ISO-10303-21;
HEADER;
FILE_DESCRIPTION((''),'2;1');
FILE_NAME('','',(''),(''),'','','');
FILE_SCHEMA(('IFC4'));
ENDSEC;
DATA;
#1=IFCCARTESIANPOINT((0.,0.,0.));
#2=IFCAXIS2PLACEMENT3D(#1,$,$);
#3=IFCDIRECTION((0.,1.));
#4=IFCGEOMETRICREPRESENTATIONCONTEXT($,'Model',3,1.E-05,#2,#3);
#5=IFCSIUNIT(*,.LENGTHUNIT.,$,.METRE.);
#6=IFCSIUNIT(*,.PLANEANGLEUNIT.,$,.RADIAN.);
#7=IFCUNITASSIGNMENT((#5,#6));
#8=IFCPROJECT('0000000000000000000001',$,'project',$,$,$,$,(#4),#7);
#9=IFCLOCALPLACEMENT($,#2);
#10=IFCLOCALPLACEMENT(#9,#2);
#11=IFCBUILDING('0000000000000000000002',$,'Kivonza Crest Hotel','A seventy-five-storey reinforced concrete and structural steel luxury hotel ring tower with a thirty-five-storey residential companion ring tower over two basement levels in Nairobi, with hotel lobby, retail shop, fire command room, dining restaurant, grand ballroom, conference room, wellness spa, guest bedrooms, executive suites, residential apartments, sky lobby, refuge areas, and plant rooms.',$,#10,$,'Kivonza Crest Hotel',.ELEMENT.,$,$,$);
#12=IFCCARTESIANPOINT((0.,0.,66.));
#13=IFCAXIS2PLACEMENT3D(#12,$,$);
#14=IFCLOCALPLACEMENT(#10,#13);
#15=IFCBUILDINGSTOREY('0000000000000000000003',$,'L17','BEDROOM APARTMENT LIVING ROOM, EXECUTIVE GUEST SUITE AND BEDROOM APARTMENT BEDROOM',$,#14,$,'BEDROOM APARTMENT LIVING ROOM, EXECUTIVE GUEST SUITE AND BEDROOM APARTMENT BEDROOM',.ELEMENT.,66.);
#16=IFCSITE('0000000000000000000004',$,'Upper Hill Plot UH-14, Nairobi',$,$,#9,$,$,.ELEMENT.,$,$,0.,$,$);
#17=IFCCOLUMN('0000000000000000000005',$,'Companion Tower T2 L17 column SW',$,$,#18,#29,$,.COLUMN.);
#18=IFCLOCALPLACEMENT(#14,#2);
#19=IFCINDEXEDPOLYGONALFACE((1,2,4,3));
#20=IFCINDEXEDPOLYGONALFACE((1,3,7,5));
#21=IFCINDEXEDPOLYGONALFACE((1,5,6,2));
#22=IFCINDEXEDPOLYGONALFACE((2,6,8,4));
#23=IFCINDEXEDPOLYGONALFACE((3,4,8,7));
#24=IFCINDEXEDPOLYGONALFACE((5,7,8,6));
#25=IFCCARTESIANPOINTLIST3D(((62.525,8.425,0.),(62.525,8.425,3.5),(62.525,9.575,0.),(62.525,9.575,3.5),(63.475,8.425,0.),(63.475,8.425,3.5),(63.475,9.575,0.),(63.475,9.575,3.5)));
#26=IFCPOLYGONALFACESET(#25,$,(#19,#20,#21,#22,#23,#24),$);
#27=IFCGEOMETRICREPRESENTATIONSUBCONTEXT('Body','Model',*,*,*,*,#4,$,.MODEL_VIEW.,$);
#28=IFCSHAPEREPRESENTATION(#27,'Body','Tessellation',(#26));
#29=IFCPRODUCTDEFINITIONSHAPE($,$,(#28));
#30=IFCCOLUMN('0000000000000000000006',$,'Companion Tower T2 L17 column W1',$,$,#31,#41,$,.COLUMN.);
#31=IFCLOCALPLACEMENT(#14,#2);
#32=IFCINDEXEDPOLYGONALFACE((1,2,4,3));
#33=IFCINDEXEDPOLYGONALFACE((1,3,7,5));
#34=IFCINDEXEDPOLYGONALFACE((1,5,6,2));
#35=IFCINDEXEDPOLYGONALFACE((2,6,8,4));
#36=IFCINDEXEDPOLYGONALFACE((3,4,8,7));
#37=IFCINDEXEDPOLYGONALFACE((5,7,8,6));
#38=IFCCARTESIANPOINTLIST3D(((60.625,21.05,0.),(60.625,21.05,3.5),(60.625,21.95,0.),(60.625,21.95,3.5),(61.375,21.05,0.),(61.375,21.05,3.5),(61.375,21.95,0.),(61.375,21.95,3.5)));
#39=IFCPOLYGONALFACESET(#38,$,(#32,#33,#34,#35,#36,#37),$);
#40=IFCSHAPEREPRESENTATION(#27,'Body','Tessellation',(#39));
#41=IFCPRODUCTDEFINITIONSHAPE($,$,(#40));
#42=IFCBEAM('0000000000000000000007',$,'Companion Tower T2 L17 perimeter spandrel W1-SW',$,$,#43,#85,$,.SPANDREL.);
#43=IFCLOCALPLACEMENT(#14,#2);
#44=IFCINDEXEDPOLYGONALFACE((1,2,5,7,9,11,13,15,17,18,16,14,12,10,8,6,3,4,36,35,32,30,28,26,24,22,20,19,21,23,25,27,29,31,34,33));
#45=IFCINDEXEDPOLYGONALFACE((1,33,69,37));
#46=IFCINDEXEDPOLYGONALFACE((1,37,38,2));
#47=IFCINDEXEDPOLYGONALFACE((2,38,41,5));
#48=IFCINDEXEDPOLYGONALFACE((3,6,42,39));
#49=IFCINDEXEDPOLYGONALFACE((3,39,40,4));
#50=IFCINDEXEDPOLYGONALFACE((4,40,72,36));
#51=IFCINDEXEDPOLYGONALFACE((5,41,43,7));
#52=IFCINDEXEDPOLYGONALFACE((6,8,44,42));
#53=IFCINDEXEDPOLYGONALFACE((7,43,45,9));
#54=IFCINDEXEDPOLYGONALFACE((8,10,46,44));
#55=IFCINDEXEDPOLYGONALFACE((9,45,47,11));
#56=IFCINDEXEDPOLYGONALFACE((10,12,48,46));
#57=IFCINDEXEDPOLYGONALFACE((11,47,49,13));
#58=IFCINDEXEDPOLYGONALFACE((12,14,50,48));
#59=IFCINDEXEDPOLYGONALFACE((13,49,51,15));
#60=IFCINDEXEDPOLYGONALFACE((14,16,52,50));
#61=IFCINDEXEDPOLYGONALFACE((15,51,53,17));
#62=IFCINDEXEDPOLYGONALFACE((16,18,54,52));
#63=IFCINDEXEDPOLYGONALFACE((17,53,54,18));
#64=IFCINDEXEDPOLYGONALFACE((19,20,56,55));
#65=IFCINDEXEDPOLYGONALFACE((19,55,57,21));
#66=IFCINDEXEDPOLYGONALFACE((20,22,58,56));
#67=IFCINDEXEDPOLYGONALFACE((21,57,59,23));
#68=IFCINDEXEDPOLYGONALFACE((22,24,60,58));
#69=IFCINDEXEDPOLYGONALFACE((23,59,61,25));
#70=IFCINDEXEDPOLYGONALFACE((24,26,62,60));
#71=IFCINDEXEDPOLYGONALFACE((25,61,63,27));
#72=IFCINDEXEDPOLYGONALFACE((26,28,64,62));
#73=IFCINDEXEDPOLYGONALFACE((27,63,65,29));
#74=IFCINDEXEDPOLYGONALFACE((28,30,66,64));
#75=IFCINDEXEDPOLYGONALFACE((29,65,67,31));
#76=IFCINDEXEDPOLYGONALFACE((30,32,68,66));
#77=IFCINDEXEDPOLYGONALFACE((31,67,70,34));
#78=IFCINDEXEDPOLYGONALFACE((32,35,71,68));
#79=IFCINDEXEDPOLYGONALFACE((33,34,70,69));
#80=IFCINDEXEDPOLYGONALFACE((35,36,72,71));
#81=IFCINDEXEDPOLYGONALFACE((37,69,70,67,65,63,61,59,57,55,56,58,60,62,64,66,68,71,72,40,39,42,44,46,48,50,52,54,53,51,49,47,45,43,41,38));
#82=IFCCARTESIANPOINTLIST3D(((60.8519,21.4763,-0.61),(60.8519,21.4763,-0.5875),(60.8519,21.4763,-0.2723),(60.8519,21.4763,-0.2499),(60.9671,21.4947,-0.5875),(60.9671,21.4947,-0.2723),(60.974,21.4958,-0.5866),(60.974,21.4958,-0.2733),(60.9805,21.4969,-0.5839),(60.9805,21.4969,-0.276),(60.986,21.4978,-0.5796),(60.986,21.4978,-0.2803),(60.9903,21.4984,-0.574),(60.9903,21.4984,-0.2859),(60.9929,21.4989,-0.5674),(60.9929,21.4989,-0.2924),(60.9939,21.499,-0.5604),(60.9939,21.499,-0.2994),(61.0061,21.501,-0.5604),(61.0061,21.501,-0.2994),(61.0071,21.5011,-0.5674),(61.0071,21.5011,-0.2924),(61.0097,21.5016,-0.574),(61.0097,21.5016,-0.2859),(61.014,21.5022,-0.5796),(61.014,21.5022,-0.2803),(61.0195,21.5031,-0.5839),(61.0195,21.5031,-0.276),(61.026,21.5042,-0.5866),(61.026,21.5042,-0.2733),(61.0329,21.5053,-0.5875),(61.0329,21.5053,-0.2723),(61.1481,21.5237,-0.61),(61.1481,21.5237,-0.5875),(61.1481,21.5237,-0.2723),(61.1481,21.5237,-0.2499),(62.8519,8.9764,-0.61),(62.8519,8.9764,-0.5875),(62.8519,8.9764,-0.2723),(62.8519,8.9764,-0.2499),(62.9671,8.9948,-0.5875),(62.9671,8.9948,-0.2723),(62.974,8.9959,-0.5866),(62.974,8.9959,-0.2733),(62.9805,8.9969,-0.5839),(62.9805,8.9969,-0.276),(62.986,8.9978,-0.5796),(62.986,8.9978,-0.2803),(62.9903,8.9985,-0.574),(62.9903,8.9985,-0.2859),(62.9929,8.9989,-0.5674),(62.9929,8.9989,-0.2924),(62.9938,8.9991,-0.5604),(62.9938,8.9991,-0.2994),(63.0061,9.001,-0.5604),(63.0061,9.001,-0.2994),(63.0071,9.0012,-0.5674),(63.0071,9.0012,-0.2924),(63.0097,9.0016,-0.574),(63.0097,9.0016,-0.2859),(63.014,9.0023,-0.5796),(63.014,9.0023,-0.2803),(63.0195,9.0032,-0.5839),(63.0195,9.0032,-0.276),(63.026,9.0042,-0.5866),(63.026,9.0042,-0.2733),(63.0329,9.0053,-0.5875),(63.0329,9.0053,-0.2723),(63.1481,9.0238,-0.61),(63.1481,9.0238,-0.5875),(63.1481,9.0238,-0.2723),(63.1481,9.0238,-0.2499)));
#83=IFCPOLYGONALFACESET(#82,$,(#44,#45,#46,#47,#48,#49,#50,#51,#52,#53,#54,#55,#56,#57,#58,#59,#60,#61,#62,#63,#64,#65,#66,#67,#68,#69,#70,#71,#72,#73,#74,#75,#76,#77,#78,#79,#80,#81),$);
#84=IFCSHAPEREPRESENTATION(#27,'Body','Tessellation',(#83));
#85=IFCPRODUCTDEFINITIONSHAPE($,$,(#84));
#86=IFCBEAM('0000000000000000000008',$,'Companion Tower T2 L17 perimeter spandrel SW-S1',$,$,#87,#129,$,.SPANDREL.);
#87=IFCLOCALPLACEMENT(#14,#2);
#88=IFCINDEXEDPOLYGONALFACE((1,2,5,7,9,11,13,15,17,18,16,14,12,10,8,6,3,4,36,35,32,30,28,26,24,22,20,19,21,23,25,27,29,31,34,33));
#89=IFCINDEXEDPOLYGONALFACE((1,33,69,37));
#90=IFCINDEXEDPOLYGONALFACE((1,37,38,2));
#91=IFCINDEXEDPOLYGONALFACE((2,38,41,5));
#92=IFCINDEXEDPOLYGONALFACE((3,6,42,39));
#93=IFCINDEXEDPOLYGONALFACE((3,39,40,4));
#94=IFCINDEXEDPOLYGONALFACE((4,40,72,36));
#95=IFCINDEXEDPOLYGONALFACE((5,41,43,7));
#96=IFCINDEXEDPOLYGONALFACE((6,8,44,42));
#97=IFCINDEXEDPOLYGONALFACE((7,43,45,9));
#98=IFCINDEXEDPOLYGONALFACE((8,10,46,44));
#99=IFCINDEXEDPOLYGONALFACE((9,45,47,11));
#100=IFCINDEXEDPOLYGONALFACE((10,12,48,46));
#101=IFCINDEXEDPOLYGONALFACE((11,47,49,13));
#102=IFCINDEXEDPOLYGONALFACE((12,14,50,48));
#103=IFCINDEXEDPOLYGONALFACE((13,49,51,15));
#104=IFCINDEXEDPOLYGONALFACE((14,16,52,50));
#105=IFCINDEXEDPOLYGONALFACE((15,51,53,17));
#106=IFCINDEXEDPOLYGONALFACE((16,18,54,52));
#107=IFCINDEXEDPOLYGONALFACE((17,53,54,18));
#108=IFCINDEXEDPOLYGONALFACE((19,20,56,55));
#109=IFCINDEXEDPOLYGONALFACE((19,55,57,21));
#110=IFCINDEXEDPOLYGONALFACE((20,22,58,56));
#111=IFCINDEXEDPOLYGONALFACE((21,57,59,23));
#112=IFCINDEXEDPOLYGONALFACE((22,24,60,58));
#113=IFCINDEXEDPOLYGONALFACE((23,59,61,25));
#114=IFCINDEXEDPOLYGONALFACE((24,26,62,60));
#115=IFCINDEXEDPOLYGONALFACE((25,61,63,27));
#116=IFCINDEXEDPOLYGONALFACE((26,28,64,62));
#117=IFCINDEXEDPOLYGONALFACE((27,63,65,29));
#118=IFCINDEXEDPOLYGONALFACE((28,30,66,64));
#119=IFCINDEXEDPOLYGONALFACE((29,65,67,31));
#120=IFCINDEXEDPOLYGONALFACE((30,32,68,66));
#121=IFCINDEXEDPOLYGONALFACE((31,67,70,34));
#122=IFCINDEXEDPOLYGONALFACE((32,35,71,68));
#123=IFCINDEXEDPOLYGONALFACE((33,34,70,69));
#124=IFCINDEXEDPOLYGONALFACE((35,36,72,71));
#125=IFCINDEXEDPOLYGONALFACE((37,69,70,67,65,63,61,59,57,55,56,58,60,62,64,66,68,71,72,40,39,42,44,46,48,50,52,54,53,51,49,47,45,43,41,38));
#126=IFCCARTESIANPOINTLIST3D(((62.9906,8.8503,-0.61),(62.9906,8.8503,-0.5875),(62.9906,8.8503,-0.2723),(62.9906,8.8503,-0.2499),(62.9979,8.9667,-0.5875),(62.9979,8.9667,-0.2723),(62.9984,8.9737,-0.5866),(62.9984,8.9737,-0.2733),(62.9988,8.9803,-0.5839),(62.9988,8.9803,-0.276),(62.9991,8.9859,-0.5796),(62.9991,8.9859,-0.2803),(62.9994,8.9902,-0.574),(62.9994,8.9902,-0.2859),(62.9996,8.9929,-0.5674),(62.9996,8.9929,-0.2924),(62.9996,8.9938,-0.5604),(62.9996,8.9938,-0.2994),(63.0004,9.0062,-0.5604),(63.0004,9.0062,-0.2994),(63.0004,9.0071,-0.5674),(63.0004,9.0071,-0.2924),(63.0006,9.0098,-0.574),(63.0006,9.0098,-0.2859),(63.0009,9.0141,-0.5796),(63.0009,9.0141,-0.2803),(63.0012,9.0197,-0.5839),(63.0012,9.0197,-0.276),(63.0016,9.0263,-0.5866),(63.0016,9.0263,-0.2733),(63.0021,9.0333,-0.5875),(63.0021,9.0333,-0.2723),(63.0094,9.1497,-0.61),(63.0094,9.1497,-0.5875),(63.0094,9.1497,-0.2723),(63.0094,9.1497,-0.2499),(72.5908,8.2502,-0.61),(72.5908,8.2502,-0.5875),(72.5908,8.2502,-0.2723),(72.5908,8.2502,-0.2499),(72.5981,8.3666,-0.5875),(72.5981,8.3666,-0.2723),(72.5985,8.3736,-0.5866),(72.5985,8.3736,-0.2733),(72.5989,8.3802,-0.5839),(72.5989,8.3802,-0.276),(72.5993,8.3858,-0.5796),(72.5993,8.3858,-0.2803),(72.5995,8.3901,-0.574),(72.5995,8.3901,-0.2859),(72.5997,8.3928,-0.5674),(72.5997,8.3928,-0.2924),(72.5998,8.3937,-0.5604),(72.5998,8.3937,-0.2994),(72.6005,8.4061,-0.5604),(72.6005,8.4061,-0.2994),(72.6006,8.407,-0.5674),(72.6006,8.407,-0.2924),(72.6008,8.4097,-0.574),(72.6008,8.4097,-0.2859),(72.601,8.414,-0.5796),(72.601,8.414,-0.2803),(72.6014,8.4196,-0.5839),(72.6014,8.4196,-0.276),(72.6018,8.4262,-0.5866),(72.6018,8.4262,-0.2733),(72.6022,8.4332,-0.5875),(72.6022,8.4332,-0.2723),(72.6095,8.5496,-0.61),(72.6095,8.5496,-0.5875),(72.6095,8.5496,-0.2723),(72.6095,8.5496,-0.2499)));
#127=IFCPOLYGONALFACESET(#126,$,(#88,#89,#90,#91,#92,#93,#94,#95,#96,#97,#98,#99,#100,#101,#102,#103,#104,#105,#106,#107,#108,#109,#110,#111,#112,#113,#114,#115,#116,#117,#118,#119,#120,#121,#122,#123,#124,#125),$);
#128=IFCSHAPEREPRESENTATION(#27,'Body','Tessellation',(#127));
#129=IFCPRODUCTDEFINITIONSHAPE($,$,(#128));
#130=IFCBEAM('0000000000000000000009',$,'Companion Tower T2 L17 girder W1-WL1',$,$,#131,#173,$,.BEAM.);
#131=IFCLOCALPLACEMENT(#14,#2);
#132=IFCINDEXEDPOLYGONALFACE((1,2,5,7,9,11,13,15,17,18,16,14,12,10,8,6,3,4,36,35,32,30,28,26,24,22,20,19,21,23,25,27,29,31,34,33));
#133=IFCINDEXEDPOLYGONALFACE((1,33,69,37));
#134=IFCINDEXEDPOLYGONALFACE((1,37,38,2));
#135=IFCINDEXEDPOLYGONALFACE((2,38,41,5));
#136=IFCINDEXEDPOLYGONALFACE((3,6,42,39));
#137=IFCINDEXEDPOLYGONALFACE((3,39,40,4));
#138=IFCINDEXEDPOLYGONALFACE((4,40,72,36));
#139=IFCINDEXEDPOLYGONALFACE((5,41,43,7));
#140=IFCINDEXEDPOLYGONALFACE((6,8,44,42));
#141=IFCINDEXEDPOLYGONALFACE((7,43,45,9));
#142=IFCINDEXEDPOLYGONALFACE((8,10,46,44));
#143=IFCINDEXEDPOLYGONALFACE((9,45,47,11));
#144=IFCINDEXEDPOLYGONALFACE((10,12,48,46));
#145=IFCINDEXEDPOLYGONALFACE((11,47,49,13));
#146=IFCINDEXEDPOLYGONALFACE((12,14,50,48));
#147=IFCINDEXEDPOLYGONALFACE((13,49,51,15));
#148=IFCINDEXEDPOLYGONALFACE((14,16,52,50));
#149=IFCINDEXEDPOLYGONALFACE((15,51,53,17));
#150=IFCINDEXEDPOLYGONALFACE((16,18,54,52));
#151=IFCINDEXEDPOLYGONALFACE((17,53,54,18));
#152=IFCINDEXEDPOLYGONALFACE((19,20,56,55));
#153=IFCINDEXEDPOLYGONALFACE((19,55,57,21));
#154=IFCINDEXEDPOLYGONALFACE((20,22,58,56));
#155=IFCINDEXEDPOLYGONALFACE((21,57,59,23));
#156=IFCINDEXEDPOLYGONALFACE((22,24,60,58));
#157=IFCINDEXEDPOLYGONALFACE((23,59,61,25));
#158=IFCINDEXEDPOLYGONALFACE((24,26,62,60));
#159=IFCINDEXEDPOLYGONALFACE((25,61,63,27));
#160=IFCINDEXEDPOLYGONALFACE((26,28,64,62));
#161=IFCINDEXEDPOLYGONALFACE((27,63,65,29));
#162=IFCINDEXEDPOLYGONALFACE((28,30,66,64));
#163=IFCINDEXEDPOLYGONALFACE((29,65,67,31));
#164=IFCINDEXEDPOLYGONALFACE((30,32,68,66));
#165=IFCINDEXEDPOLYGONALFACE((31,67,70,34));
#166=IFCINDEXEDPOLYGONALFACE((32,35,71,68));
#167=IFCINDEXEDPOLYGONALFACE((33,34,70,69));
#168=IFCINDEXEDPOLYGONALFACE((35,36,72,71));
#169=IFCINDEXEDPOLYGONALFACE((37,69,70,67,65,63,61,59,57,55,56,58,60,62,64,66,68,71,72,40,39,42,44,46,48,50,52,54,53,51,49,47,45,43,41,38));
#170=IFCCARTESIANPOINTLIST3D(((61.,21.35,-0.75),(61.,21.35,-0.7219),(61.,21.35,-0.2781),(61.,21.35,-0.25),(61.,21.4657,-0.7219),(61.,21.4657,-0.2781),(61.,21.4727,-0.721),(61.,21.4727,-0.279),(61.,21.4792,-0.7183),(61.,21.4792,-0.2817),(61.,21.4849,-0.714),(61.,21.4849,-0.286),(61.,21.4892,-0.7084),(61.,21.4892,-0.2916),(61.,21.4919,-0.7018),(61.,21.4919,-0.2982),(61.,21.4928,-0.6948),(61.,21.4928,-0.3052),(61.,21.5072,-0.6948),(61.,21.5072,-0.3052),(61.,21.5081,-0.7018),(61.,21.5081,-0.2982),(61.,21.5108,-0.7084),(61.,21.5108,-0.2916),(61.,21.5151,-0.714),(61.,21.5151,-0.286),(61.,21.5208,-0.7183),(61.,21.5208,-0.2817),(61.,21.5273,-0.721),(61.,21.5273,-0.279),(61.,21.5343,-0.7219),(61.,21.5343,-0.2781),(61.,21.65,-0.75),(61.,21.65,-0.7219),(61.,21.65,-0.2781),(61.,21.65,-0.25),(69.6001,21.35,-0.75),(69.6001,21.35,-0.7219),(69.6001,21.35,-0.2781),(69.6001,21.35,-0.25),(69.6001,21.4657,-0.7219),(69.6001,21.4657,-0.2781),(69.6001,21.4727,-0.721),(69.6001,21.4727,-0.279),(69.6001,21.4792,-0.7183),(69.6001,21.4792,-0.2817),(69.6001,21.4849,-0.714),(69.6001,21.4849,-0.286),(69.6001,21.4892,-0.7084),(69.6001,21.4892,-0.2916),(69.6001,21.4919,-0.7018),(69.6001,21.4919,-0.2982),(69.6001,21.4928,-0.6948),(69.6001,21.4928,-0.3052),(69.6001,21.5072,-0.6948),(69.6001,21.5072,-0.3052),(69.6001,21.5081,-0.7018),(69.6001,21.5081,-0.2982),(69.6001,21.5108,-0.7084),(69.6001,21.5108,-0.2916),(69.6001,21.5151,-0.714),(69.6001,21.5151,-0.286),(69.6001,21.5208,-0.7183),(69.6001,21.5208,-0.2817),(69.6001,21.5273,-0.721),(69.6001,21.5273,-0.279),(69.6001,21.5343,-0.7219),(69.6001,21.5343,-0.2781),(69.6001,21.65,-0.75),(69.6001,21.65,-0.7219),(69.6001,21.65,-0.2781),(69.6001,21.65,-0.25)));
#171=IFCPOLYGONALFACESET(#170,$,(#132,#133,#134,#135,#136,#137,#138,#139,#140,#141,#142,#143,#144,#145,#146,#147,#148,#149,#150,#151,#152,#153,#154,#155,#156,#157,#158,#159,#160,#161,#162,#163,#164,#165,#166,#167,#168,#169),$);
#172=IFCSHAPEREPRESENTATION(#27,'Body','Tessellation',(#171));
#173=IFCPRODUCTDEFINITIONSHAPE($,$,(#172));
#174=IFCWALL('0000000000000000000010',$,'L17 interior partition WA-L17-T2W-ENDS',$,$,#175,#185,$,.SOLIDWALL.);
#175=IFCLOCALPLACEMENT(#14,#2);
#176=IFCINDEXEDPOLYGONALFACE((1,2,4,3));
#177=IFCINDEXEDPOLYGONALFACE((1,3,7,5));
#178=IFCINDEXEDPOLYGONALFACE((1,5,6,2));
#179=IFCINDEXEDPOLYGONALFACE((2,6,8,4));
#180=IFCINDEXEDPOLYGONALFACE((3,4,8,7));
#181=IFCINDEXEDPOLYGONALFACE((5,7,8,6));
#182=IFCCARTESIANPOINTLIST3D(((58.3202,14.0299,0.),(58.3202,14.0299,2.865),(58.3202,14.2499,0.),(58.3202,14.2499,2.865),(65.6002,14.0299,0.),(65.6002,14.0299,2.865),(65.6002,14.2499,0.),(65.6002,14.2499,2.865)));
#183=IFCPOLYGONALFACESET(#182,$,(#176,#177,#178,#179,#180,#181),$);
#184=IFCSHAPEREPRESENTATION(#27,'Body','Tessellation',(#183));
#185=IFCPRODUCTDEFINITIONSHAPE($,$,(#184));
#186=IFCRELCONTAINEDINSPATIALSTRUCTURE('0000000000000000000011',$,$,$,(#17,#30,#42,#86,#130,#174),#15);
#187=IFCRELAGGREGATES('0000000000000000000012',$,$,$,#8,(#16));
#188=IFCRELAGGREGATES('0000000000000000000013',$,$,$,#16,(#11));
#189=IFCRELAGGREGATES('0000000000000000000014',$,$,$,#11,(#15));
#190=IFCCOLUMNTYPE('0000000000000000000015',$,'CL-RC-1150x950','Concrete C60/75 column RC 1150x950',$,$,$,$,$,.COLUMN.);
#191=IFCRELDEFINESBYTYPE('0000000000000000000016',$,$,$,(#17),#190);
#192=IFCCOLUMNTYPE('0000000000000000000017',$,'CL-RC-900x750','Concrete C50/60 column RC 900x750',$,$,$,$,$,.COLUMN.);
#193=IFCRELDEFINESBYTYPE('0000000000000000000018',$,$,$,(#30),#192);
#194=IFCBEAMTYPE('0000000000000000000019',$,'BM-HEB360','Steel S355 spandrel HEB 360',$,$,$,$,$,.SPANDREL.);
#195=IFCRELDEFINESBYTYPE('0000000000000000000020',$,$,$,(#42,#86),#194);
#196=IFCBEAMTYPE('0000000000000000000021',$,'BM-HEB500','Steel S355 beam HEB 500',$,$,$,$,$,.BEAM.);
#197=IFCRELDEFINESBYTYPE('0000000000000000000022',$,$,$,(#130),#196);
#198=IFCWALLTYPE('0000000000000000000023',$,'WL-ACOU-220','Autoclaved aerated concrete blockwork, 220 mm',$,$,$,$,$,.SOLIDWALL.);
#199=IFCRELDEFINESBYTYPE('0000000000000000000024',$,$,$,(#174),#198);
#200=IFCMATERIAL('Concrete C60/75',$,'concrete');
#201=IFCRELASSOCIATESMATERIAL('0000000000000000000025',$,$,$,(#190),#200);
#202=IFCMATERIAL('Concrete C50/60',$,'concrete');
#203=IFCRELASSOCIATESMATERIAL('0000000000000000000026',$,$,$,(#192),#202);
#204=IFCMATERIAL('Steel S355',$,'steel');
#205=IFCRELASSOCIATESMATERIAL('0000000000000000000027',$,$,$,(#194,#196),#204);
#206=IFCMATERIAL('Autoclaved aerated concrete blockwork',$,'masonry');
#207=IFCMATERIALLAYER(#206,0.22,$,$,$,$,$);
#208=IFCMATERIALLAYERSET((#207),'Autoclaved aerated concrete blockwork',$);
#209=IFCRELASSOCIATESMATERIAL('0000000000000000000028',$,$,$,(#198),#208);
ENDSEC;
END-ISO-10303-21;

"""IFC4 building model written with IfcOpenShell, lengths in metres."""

from ifc_helpers import new_model, si_unit, direction, frame, frame_2d, origin, origin_2d, place, context, subcontext, project, spatial, rectangle, i_section, extrude, material, layer, layer_set, material_profile, profile_set, type_object, element, save


model = new_model("IFC4")

# Units and contexts
model_context = context("Model", 3, precision=1e-05, world=origin(), true_north=direction((0.0, 1.0)))
body_context = subcontext(model_context, "Body", "Model", "MODEL_VIEW")
ifc_project = project(units=[si_unit("LENGTHUNIT", "METRE"), si_unit("PLANEANGLEUNIT", "RADIAN")], contexts=[model_context])

# Site, building, storey
site_placement = place(None, origin())
site = spatial("IfcSite", under=ifc_project, at=site_placement, Name="Upper Hill Plot UH-14, Nairobi", CompositionType="ELEMENT", RefElevation=0.0)
building_placement = place(site_placement, origin())
building = spatial("IfcBuilding", under=site, at=building_placement, Name="Kivonza Crest Hotel", Description="A seventy-five-storey reinforced concrete and structural steel luxury hotel ring tower with a thirty-five-storey residential companion ring tower over two basement levels in Nairobi, with hotel lobby, retail shop, fire command room, dining restaurant, grand ballroom, conference room, wellness spa, guest bedrooms, executive suites, residential apartments, sky lobby, refuge areas, and plant rooms.", LongName="Kivonza Crest Hotel", CompositionType="ELEMENT")
storey_placement = place(building_placement, frame((0.0, 0.0, 66.0)))
storey = spatial("IfcBuildingStorey", under=building, at=storey_placement, Name="L17", Description="BEDROOM APARTMENT LIVING ROOM, EXECUTIVE GUEST SUITE AND BEDROOM APARTMENT BEDROOM", LongName="BEDROOM APARTMENT LIVING ROOM, EXECUTIVE GUEST SUITE AND BEDROOM APARTMENT BEDROOM", CompositionType="ELEMENT", Elevation=66.0)

# Columns
ifc_material_1 = material(Name="Concrete C60/75", Category="concrete")
ifc_material_profile_1 = material_profile(ifc_material_1, rectangle(XDim=0.95, YDim=1.1499, at=origin_2d()), Name="RC 1150x950")
ifc_profile_set_1 = profile_set([ifc_material_profile_1], Name="Concrete C60/75")
column_type_1 = type_object("IfcColumnType", Name="CL-RC-1150x950", Description="Concrete C60/75 column RC 1150x950", PredefinedType="COLUMN", material=ifc_profile_set_1)
column_1_placement = place(storey_placement, frame((63.0, 9.0, 0.0), z_axis=(0.0, 0.0, 1.0), x_axis=(1.0, 0.0, 0.0)))
element("IfcColumn", 1, at=column_1_placement, inside=storey, type_object=column_type_1, Name="Companion Tower T2 L17 column SW", PredefinedType="COLUMN", context=body_context, shape_type="SweptSolid", body=[
    extrude(rectangle(XDim=0.95, YDim=1.1499, at=origin_2d()), origin(), (0.0, 0.0, 1.0), 3.5),
])
ifc_material_2 = material(Name="Concrete C50/60", Category="concrete")
ifc_material_profile_2 = material_profile(ifc_material_2, rectangle(XDim=0.75, YDim=0.8999, at=origin_2d()), Name="RC 900x750")
ifc_profile_set_2 = profile_set([ifc_material_profile_2], Name="Concrete C50/60")
column_type_2 = type_object("IfcColumnType", Name="CL-RC-900x750", Description="Concrete C50/60 column RC 900x750", PredefinedType="COLUMN", material=ifc_profile_set_2)
column_2_placement = place(storey_placement, frame((61.0, 21.5, 0.0), z_axis=(0.0, 0.0, 1.0), x_axis=(1.0, 0.0, 0.0)))
element("IfcColumn", 2, at=column_2_placement, inside=storey, type_object=column_type_2, Name="Companion Tower T2 L17 column W1", PredefinedType="COLUMN", context=body_context, shape_type="SweptSolid", body=[
    extrude(rectangle(XDim=0.75, YDim=0.8999, at=origin_2d()), origin(), (0.0, 0.0, 1.0), 3.5),
])

# Beams
ifc_material_3 = material(Name="Steel S355", Category="steel")
ifc_material_profile_3 = material_profile(ifc_material_3, i_section(OverallWidth=0.3, OverallDepth=0.3601, WebThickness=0.0125, FlangeThickness=0.0225, FilletRadius=0.0271, at=origin_2d()), Name="HEB 360")
ifc_profile_set_3 = profile_set([ifc_material_profile_3], Name="Steel S355")
beam_type_1 = type_object("IfcBeamType", Name="BM-HEB360", Description="Steel S355 spandrel HEB 360", PredefinedType="SPANDREL", material=ifc_profile_set_3)
beam_1_placement = place(storey_placement, frame((61.0, 21.5, -0.4299), z_axis=(0.157991, -0.987441, 0.0), x_axis=(0.987441, 0.157991, 0.0)))
element("IfcBeam", 3, at=beam_1_placement, inside=storey, type_object=beam_type_1, Name="Companion Tower T2 L17 perimeter spandrel W1-SW", PredefinedType="SPANDREL", context=body_context, shape_type="SweptSolid", body=[
    extrude(i_section(OverallWidth=0.3, OverallDepth=0.3601, WebThickness=0.0125, FlangeThickness=0.0225, FilletRadius=0.0271, at=origin_2d()), origin(), (0.0, 0.0, 1.0), 12.6589),
])
beam_2_placement = place(storey_placement, frame((63.0, 9.0, -0.4299), z_axis=(0.998052, -0.062388, 0.0), x_axis=(0.062388, 0.998052, 0.0)))
element("IfcBeam", 4, at=beam_2_placement, inside=storey, type_object=beam_type_1, Name="Companion Tower T2 L17 perimeter spandrel SW-S1", PredefinedType="SPANDREL", context=body_context, shape_type="SweptSolid", body=[
    extrude(i_section(OverallWidth=0.3, OverallDepth=0.3601, WebThickness=0.0125, FlangeThickness=0.0225, FilletRadius=0.0271, at=origin_2d()), origin(), (0.0, 0.0, 1.0), 9.6189),
])
ifc_material_profile_4 = material_profile(ifc_material_3, i_section(OverallWidth=0.3, OverallDepth=0.5, WebThickness=0.0144, FlangeThickness=0.0281, FilletRadius=0.0271, at=origin_2d()), Name="HEB 500")
ifc_profile_set_4 = profile_set([ifc_material_profile_4], Name="Steel S355")
beam_type_2 = type_object("IfcBeamType", Name="BM-HEB500", Description="Steel S355 beam HEB 500", PredefinedType="BEAM", material=ifc_profile_set_4)
beam_3_placement = place(storey_placement, frame((61.0, 21.5, -0.5), z_axis=(1.0, 0.0, 0.0), x_axis=(0.0, 1.0, 0.0)))
element("IfcBeam", 5, at=beam_3_placement, inside=storey, type_object=beam_type_2, Name="Companion Tower T2 L17 girder W1-WL1", PredefinedType="BEAM", context=body_context, shape_type="SweptSolid", body=[
    extrude(i_section(OverallWidth=0.3, OverallDepth=0.5, WebThickness=0.0144, FlangeThickness=0.0281, FilletRadius=0.0271, at=origin_2d()), origin(), (0.0, 0.0, 1.0), 8.6001),
])

# Wall
ifc_material_4 = material(Name="Autoclaved aerated concrete blockwork", Category="masonry")
ifc_layer_1 = layer(ifc_material_4, 0.22)
ifc_layer_set_1 = layer_set([ifc_layer_1], Name="Autoclaved aerated concrete blockwork")
wall_type_1 = type_object("IfcWallType", Name="WL-ACOU-220", Description="Autoclaved aerated concrete blockwork, 220 mm", PredefinedType="SOLIDWALL", material=ifc_layer_set_1)
wall_1_placement = place(storey_placement, frame((58.3201, 14.1399, 0.0), z_axis=(0.0, 0.0, 1.0), x_axis=(1.0, 0.0, 0.0)))
element("IfcWall", 6, at=wall_1_placement, inside=storey, type_object=wall_type_1, Name="L17 interior partition WA-L17-T2W-ENDS", PredefinedType="SOLIDWALL", context=body_context, shape_type="SweptSolid", body=[
    extrude(rectangle(XDim=7.28, YDim=0.22, at=frame_2d((3.6401, 0.0))), origin(), (0.0, 0.0, 1.0), 2.865),
])

save(model, "model.ifc")
